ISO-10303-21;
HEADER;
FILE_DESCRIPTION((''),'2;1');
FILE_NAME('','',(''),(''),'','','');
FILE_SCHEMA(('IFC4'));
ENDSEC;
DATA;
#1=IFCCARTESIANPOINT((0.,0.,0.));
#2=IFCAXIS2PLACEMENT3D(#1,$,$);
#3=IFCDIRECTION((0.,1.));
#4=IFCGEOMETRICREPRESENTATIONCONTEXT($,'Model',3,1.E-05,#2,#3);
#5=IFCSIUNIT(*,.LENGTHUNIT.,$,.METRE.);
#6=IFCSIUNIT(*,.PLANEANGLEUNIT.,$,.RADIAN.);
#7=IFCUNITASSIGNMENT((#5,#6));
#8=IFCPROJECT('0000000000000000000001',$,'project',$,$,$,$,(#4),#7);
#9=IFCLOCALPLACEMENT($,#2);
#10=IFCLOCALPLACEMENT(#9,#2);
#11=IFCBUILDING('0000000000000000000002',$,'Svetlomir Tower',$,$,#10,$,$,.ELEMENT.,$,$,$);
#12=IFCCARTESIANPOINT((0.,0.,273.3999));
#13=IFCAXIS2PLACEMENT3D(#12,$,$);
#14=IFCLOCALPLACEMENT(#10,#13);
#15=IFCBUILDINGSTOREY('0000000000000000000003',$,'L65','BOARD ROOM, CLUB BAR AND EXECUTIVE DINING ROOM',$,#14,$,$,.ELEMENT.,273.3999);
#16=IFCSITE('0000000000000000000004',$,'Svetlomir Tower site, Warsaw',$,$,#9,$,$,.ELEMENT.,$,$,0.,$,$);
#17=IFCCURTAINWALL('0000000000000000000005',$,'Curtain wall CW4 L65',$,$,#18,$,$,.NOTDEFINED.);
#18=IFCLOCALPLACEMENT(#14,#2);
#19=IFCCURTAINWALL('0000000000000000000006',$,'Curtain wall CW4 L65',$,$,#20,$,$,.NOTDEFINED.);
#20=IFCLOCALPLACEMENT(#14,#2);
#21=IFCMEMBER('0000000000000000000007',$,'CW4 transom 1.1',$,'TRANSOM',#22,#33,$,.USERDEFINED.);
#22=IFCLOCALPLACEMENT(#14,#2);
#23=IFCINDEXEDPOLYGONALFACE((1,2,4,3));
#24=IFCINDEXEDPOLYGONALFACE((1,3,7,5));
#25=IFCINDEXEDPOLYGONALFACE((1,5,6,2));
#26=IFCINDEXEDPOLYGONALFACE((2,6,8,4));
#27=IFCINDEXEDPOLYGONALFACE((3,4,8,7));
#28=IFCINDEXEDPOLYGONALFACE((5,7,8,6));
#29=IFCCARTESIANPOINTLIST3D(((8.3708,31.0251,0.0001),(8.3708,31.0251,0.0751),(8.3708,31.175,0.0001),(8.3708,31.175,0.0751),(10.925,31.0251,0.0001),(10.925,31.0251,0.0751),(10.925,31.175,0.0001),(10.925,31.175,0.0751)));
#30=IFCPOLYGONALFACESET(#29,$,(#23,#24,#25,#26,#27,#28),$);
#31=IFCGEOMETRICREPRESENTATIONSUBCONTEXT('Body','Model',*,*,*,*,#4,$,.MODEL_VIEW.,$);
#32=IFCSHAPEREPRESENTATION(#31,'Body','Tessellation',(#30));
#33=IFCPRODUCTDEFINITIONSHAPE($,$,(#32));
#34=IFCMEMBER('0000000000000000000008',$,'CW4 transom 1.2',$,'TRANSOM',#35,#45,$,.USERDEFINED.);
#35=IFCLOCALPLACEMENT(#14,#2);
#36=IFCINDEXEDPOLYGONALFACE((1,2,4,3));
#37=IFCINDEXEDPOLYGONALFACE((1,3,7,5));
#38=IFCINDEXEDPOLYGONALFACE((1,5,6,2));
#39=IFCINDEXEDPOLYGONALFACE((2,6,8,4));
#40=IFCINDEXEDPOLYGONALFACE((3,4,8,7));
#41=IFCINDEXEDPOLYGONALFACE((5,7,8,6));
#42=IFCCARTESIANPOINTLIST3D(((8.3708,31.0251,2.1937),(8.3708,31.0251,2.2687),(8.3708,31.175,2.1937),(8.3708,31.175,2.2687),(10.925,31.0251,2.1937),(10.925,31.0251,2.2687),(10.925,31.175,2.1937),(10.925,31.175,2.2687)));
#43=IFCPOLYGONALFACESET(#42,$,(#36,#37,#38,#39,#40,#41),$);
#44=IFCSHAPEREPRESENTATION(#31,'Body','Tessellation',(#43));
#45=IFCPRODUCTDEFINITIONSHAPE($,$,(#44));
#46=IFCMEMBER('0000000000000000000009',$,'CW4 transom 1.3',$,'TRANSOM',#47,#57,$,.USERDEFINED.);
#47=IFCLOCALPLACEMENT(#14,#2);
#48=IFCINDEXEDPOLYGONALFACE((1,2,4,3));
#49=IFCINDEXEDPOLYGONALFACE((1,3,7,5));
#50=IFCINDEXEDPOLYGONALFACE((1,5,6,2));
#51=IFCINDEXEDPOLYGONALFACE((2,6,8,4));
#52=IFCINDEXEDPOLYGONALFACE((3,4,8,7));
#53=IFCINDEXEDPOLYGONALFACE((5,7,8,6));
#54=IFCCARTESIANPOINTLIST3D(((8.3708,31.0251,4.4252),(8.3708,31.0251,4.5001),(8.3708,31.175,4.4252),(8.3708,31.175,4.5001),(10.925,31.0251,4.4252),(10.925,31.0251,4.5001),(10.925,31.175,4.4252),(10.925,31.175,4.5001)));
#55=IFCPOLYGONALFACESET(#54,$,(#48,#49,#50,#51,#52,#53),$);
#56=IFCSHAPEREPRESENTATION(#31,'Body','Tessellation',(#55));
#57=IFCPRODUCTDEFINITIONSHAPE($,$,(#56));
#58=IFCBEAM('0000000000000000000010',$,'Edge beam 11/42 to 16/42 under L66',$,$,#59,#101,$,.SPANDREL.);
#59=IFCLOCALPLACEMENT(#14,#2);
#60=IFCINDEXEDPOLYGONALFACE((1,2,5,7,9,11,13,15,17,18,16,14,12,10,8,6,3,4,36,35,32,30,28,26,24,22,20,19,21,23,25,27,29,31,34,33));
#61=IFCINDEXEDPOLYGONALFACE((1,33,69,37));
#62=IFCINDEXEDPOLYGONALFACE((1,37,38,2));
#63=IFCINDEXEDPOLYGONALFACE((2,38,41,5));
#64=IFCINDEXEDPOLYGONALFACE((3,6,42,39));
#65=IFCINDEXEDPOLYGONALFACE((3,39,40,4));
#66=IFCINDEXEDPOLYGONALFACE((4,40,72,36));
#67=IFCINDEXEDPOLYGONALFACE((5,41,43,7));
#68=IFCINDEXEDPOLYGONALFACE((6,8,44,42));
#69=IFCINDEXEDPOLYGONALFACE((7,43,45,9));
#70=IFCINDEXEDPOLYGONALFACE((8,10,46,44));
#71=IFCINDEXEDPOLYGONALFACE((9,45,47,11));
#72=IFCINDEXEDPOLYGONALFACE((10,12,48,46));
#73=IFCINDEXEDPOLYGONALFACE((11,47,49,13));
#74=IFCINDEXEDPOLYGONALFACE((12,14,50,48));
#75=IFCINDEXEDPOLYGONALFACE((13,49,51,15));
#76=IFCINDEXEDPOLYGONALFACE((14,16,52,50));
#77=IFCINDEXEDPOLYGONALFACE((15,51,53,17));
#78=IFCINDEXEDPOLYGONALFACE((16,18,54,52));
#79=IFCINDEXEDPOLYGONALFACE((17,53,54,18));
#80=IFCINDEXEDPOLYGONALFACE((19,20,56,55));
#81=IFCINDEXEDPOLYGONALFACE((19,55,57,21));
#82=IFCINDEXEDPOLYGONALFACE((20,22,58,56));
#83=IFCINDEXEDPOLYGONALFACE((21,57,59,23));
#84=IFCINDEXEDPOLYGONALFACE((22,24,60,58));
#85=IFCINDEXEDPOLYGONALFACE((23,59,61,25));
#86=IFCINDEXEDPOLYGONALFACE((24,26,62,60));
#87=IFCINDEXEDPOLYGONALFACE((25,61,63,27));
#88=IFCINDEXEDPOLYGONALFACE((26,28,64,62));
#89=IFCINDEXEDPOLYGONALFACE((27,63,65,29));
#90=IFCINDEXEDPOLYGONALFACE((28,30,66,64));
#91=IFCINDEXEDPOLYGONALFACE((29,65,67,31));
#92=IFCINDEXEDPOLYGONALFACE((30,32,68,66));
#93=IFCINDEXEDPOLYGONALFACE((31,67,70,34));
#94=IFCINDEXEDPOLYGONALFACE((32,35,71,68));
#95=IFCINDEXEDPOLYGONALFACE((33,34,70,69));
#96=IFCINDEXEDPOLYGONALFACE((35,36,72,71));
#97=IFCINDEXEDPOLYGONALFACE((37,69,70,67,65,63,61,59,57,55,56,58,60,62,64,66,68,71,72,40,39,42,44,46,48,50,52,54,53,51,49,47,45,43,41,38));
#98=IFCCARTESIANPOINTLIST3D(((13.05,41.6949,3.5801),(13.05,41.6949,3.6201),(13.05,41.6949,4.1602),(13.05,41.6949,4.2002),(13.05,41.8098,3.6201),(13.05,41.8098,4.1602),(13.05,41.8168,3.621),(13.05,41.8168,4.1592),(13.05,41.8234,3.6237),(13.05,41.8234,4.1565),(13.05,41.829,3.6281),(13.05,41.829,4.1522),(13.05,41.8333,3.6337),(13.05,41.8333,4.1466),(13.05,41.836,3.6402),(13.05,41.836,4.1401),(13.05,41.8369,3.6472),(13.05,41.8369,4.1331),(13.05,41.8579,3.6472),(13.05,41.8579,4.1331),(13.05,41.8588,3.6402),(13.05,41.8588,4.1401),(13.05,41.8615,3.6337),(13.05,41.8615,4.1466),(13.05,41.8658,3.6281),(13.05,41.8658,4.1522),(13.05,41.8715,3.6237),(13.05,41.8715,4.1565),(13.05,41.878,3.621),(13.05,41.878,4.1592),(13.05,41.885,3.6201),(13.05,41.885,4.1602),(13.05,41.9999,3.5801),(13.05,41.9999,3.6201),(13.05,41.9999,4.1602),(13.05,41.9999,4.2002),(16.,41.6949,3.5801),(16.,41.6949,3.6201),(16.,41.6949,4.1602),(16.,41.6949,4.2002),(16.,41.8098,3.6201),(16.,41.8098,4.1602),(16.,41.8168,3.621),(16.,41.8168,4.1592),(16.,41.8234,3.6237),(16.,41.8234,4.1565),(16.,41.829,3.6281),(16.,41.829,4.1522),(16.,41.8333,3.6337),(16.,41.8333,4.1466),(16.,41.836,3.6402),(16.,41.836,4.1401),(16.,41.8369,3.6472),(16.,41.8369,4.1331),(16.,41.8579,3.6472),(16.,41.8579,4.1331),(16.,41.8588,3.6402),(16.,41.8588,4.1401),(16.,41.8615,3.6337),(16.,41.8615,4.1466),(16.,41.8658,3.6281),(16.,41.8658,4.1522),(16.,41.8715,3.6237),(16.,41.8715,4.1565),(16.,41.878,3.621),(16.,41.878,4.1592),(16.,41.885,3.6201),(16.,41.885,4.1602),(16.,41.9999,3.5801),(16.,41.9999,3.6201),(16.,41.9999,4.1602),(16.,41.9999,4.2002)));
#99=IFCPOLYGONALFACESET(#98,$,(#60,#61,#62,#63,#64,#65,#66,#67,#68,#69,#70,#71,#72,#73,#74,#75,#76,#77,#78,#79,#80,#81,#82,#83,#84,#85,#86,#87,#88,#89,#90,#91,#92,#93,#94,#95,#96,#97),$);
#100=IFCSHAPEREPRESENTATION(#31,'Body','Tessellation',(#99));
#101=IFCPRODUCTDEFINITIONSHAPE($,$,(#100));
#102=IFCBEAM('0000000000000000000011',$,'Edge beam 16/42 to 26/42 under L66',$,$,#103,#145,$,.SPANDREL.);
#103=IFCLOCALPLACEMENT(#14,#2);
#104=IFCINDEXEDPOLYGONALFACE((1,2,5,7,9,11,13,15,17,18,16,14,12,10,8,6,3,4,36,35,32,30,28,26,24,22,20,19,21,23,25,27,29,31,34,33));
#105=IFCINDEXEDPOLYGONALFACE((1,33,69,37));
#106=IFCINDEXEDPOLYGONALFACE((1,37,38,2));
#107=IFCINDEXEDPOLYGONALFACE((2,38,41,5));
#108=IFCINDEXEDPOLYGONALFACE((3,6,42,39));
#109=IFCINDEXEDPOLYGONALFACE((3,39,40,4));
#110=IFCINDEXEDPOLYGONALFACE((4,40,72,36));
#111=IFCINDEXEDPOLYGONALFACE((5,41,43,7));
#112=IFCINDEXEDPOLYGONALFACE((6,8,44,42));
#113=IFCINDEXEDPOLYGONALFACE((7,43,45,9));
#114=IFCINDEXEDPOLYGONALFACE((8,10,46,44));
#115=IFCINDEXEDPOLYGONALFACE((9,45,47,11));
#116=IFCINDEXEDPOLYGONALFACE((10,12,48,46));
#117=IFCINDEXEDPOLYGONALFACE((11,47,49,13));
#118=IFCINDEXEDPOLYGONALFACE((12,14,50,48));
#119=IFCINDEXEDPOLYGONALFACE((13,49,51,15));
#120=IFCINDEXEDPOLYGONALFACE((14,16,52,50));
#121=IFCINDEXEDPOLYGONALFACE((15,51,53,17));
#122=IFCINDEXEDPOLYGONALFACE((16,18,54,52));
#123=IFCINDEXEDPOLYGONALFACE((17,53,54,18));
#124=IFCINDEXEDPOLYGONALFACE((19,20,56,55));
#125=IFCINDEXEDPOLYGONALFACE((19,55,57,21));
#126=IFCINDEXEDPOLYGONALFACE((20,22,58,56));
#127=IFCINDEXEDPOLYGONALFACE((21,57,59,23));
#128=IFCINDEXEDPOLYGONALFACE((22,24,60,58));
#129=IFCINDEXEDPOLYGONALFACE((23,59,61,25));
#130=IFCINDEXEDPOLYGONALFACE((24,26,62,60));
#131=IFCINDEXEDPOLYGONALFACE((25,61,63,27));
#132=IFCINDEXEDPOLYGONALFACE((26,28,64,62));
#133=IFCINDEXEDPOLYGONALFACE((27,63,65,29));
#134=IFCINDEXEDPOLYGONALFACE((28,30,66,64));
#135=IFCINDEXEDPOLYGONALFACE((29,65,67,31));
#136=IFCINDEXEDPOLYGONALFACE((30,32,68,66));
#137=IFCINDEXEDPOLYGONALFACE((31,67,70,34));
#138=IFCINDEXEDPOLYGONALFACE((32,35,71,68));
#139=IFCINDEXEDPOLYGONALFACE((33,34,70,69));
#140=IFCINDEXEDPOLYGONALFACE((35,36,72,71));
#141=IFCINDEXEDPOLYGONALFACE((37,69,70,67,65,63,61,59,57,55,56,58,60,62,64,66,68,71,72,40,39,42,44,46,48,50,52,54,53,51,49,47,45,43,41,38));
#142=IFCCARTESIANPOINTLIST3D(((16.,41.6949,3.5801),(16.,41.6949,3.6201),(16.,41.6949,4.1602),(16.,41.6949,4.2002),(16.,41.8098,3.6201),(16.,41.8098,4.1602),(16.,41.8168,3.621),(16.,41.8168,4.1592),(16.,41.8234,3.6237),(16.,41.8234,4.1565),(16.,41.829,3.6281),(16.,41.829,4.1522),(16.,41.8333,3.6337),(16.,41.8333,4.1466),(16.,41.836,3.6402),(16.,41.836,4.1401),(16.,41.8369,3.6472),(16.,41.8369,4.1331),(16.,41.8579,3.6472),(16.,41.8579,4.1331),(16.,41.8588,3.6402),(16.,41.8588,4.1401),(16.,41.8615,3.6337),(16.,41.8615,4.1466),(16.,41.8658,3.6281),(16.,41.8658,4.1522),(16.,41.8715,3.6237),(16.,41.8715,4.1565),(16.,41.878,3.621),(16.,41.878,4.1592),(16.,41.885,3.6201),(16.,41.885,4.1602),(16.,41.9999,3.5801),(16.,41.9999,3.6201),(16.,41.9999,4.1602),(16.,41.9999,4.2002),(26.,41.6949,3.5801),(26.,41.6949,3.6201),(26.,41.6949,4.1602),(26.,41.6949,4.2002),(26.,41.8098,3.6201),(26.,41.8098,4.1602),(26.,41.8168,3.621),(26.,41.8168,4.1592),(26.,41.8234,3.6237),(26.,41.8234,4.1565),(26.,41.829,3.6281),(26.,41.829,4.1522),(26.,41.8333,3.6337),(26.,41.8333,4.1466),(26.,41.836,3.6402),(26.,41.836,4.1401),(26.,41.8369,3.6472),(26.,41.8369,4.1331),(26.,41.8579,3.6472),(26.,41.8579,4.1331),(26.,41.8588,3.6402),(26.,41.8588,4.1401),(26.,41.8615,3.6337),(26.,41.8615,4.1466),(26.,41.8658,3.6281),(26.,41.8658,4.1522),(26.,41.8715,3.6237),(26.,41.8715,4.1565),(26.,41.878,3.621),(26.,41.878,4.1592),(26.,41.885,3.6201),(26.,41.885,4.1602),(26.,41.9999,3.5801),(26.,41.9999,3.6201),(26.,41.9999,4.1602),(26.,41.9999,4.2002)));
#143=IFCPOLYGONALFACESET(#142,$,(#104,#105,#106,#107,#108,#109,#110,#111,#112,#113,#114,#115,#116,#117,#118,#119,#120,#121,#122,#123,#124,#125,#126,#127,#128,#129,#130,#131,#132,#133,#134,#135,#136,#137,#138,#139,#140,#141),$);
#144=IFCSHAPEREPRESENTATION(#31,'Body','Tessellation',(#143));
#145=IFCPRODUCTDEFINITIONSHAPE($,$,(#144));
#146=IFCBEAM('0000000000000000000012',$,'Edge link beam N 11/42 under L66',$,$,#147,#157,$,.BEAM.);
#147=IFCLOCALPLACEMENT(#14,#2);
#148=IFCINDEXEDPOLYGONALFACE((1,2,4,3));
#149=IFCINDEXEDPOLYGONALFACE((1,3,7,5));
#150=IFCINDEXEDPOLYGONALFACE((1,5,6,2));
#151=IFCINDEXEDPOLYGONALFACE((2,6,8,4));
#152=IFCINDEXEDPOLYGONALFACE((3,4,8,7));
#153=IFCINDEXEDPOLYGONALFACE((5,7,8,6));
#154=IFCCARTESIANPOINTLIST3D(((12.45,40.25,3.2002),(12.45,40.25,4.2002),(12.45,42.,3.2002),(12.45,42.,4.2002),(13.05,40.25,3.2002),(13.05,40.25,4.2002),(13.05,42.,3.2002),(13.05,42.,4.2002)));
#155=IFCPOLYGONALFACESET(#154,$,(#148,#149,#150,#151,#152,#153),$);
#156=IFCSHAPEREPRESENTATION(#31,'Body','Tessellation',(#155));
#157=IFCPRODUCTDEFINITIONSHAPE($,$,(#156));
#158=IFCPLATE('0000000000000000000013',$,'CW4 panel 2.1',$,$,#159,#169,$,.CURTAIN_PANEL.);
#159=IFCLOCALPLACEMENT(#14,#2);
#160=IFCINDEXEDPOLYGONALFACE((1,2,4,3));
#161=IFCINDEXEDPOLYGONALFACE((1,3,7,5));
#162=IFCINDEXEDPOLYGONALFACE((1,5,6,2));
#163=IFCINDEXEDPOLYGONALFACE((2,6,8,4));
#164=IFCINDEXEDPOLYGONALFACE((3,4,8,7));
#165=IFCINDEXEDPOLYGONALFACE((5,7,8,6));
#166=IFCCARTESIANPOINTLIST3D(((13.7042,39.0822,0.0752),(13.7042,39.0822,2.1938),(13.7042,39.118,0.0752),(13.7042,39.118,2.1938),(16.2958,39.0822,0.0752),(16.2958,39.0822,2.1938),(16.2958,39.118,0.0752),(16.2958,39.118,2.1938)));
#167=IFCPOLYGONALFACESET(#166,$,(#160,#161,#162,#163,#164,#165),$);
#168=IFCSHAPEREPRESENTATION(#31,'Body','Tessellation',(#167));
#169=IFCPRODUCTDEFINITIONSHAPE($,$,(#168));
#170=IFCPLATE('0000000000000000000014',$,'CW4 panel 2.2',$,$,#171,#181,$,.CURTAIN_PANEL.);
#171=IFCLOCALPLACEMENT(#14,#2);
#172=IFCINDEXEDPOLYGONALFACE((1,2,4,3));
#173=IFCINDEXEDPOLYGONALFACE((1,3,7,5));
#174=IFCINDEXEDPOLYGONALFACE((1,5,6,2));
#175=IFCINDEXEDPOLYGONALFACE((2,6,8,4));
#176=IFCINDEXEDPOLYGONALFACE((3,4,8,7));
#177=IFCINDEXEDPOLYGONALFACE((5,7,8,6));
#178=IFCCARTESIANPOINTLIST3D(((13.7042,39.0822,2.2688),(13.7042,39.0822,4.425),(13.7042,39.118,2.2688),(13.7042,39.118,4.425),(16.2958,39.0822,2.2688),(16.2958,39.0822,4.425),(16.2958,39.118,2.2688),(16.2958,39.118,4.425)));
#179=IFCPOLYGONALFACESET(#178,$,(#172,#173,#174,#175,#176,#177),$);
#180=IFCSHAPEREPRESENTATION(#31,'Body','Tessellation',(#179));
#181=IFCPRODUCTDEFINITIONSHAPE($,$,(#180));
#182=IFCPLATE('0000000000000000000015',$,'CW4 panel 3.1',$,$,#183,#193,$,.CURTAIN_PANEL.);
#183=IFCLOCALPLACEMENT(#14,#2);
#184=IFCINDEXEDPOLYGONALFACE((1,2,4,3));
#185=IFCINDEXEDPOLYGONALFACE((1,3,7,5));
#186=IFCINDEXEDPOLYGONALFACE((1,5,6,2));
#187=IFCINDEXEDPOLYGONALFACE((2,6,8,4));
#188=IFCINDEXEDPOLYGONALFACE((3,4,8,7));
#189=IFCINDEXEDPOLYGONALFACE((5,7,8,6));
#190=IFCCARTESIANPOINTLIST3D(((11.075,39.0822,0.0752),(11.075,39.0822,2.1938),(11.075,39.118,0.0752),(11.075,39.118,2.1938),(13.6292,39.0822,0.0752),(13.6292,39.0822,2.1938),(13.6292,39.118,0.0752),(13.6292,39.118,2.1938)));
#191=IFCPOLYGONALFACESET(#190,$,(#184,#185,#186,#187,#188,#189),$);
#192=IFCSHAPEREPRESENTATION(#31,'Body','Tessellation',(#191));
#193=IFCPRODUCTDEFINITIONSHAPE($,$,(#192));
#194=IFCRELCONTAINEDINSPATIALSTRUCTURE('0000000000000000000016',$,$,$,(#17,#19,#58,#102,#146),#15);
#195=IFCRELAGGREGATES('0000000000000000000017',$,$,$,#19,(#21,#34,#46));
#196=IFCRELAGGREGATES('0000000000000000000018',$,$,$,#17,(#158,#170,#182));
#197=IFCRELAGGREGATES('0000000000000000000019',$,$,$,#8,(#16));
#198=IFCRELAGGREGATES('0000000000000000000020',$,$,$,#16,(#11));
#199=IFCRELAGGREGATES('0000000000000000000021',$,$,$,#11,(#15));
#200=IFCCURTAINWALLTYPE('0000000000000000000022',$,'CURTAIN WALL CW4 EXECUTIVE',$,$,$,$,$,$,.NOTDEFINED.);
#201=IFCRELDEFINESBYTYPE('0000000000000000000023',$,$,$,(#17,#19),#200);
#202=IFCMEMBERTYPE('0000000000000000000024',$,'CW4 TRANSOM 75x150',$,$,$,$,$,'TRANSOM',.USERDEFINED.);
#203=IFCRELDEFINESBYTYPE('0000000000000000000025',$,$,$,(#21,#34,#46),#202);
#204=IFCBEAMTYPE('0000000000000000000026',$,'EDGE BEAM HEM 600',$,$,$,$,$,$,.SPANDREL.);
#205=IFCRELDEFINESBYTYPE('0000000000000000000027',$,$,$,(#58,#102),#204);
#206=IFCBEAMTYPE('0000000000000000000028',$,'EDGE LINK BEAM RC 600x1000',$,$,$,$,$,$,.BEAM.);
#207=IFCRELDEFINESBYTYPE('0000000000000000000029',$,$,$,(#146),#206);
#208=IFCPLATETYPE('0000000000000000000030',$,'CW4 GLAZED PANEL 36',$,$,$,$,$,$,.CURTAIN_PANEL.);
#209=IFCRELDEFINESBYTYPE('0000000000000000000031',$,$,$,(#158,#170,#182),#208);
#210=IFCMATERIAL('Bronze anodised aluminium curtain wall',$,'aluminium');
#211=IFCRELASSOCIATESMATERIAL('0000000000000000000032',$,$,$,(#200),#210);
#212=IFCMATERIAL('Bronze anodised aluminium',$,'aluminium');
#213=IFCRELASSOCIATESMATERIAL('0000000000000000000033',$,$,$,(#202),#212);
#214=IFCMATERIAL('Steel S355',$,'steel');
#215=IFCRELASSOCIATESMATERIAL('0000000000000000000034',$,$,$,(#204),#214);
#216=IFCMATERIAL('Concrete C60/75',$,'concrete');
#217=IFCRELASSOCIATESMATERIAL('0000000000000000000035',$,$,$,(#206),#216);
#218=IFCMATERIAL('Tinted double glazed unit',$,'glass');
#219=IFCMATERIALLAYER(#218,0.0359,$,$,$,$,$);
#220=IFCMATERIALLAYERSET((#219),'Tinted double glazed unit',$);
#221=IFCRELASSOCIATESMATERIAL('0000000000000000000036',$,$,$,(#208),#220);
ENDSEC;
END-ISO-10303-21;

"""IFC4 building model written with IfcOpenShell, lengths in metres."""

from ifc_helpers import new_model, si_unit, direction, frame, origin, origin_2d, place, context, subcontext, project, spatial, rectangle, i_section, extrude, material, layer, layer_set, material_profile, profile_set, type_object, element, aggregate, save


model = new_model("IFC4")

# Units and contexts
model_context = context("Model", 3, precision=1e-05, world=origin(), true_north=direction((0.0, 1.0)))
body_context = subcontext(model_context, "Body", "Model", "MODEL_VIEW")
ifc_project = project(units=[si_unit("LENGTHUNIT", "METRE"), si_unit("PLANEANGLEUNIT", "RADIAN")], contexts=[model_context])

# Site, building, storey
site_placement = place(None, origin())
site = spatial("IfcSite", under=ifc_project, at=site_placement, Name="Svetlomir Tower site, Warsaw", CompositionType="ELEMENT", RefElevation=0.0)
building_placement = place(site_placement, origin())
building = spatial("IfcBuilding", under=site, at=building_placement, Name="Svetlomir Tower", CompositionType="ELEMENT")
storey_placement = place(building_placement, frame((0.0, 0.0, 273.3999)))
storey = spatial("IfcBuildingStorey", under=building, at=storey_placement, Name="L65", Description="BOARD ROOM, CLUB BAR AND EXECUTIVE DINING ROOM", CompositionType="ELEMENT", Elevation=273.3999)

# Curtain wall
ifc_material_1 = material(Name="Bronze anodised aluminium curtain wall", Category="aluminium")
curtain_wall_type = type_object("IfcCurtainWallType", Name="CURTAIN WALL CW4 EXECUTIVE", PredefinedType="NOTDEFINED", material=ifc_material_1)
curtain_wall_1_placement = place(storey_placement, origin())
curtain_wall_1 = element("IfcCurtainWall", 1, at=curtain_wall_1_placement, inside=storey, type_object=curtain_wall_type, Name="Curtain wall CW4 L65", PredefinedType="NOTDEFINED")

# Curtain wall
curtain_wall_2_placement = place(storey_placement, origin())
curtain_wall_2 = element("IfcCurtainWall", 2, at=curtain_wall_2_placement, inside=storey, type_object=curtain_wall_type, Name="Curtain wall CW4 L65", PredefinedType="NOTDEFINED")

# Members
ifc_material_2 = material(Name="Bronze anodised aluminium", Category="aluminium")
ifc_material_profile_1 = material_profile(ifc_material_2, rectangle(XDim=0.1499, YDim=0.075, at=origin_2d()), Name="AL 150x75")
ifc_profile_set_1 = profile_set([ifc_material_profile_1], Name="Bronze anodised aluminium 6063-T6")
member_type_1 = type_object("IfcMemberType", Name="CW4 TRANSOM 75x150", ElementType="TRANSOM", PredefinedType="USERDEFINED", material=ifc_profile_set_1)
member_1_placement = place(storey_placement, frame((10.925, 31.1001, 0.0376), z_axis=(-1.0, 0.0, 0.0), x_axis=(0.0, -1.0, 0.0)))
member_1 = element("IfcMember", 3, at=member_1_placement, type_object=member_type_1, Name="CW4 transom 1.1", ObjectType="TRANSOM", PredefinedType="USERDEFINED", context=body_context, shape_type="SweptSolid", body=[
    extrude(rectangle(XDim=0.1499, YDim=0.075, at=origin_2d()), origin(), (0.0, 0.0, 1.0), 2.5542),
])
member_2_placement = place(storey_placement, frame((10.925, 31.1001, 2.2312), z_axis=(-1.0, 0.0, 0.0), x_axis=(0.0, -1.0, 0.0)))
member_2 = element("IfcMember", 4, at=member_2_placement, type_object=member_type_1, Name="CW4 transom 1.2", ObjectType="TRANSOM", PredefinedType="USERDEFINED", context=body_context, shape_type="SweptSolid", body=[
    extrude(rectangle(XDim=0.1499, YDim=0.075, at=origin_2d()), origin(), (0.0, 0.0, 1.0), 2.5542),
])
member_3_placement = place(storey_placement, frame((10.925, 31.1001, 4.4626), z_axis=(-1.0, 0.0, 0.0), x_axis=(0.0, -1.0, 0.0)))
member_3 = element("IfcMember", 5, at=member_3_placement, type_object=member_type_1, Name="CW4 transom 1.3", ObjectType="TRANSOM", PredefinedType="USERDEFINED", context=body_context, shape_type="SweptSolid", body=[
    extrude(rectangle(XDim=0.1499, YDim=0.075, at=origin_2d()), origin(), (0.0, 0.0, 1.0), 2.5542),
])
aggregate(curtain_wall_2, [member_1, member_2, member_3])

# Beams
ifc_material_3 = material(Name="Steel S355", Category="steel")
ifc_material_profile_2 = material_profile(ifc_material_3, i_section(OverallWidth=0.3049, OverallDepth=0.6201, WebThickness=0.021, FlangeThickness=0.04, FilletRadius=0.0271, at=origin_2d()), Name="HEM 600")
ifc_profile_set_2 = profile_set([ifc_material_profile_2], Name="Steel S355")
beam_type_1 = type_object("IfcBeamType", Name="EDGE BEAM HEM 600", PredefinedType="SPANDREL", material=ifc_profile_set_2)
beam_1_placement = place(storey_placement, frame((13.05, 41.8474, 3.8901), z_axis=(1.0, 0.0, 0.0), x_axis=(0.0, 1.0, 0.0)))
element("IfcBeam", 6, at=beam_1_placement, inside=storey, type_object=beam_type_1, Name="Edge beam 11/42 to 16/42 under L66", PredefinedType="SPANDREL", context=body_context, shape_type="SweptSolid", body=[
    extrude(i_section(OverallWidth=0.3049, OverallDepth=0.6201, WebThickness=0.021, FlangeThickness=0.04, FilletRadius=0.0271, at=origin_2d()), origin(), (0.0, 0.0, 1.0), 2.95),
])
beam_2_placement = place(storey_placement, frame((16.0, 41.8474, 3.8901), z_axis=(1.0, 0.0, 0.0), x_axis=(0.0, 1.0, 0.0)))
element("IfcBeam", 7, at=beam_2_placement, inside=storey, type_object=beam_type_1, Name="Edge beam 16/42 to 26/42 under L66", PredefinedType="SPANDREL", context=body_context, shape_type="SweptSolid", body=[
    extrude(i_section(OverallWidth=0.3049, OverallDepth=0.6201, WebThickness=0.021, FlangeThickness=0.04, FilletRadius=0.0271, at=origin_2d()), origin(), (0.0, 0.0, 1.0), 10.0),
])
ifc_material_4 = material(Name="Concrete C60/75", Category="concrete")
ifc_material_profile_3 = material_profile(ifc_material_4, rectangle(XDim=0.6001, YDim=1.0, at=origin_2d()), Name="RC 600x1000")
ifc_profile_set_3 = profile_set([ifc_material_profile_3], Name="Concrete C60/75")
beam_type_2 = type_object("IfcBeamType", Name="EDGE LINK BEAM RC 600x1000", PredefinedType="BEAM", material=ifc_profile_set_3)
beam_3_placement = place(storey_placement, frame((12.75, 40.25, 3.7002), z_axis=(0.0, 1.0, 0.0), x_axis=(-1.0, 0.0, 0.0)))
element("IfcBeam", 8, at=beam_3_placement, inside=storey, type_object=beam_type_2, Name="Edge link beam N 11/42 under L66", PredefinedType="BEAM", context=body_context, shape_type="SweptSolid", body=[
    extrude(rectangle(XDim=0.6001, YDim=1.0, at=origin_2d()), origin(), (0.0, 0.0, 1.0), 1.75),
])

# Plates
ifc_material_5 = material(Name="Tinted double glazed unit", Category="glass")
ifc_layer_1 = layer(ifc_material_5, 0.0359)
ifc_layer_set_1 = layer_set([ifc_layer_1], Name="Tinted double glazed unit")
plate_type = type_object("IfcPlateType", Name="CW4 GLAZED PANEL 36", PredefinedType="CURTAIN_PANEL", material=ifc_layer_set_1)
plate_1_placement = place(storey_placement, frame((15.0, 39.1001, 0.0752), z_axis=(0.0, 0.0, 1.0), x_axis=(-1.0, 0.0, 0.0)))
plate_1 = element("IfcPlate", 9, at=plate_1_placement, type_object=plate_type, Name="CW4 panel 2.1", PredefinedType="CURTAIN_PANEL", context=body_context, shape_type="SweptSolid", body=[
    extrude(rectangle(XDim=2.5916, YDim=0.0359, at=origin_2d()), origin(), (0.0, 0.0, 1.0), 2.1187),
])
plate_2_placement = place(storey_placement, frame((15.0, 39.1001, 2.2688), z_axis=(0.0, 0.0, 1.0), x_axis=(-1.0, 0.0, 0.0)))
plate_2 = element("IfcPlate", 10, at=plate_2_placement, type_object=plate_type, Name="CW4 panel 2.2", PredefinedType="CURTAIN_PANEL", context=body_context, shape_type="SweptSolid", body=[
    extrude(rectangle(XDim=2.5916, YDim=0.0359, at=origin_2d()), origin(), (0.0, 0.0, 1.0), 2.1562),
])
plate_3_placement = place(storey_placement, frame((12.3521, 39.1001, 0.0752), z_axis=(0.0, 0.0, 1.0), x_axis=(-1.0, 0.0, 0.0)))
plate_3 = element("IfcPlate", 11, at=plate_3_placement, type_object=plate_type, Name="CW4 panel 3.1", PredefinedType="CURTAIN_PANEL", context=body_context, shape_type="SweptSolid", body=[
    extrude(rectangle(XDim=2.5542, YDim=0.0359, at=origin_2d()), origin(), (0.0, 0.0, 1.0), 2.1187),
])
aggregate(curtain_wall_1, [plate_1, plate_2, plate_3])

save(model, "model.ifc")
